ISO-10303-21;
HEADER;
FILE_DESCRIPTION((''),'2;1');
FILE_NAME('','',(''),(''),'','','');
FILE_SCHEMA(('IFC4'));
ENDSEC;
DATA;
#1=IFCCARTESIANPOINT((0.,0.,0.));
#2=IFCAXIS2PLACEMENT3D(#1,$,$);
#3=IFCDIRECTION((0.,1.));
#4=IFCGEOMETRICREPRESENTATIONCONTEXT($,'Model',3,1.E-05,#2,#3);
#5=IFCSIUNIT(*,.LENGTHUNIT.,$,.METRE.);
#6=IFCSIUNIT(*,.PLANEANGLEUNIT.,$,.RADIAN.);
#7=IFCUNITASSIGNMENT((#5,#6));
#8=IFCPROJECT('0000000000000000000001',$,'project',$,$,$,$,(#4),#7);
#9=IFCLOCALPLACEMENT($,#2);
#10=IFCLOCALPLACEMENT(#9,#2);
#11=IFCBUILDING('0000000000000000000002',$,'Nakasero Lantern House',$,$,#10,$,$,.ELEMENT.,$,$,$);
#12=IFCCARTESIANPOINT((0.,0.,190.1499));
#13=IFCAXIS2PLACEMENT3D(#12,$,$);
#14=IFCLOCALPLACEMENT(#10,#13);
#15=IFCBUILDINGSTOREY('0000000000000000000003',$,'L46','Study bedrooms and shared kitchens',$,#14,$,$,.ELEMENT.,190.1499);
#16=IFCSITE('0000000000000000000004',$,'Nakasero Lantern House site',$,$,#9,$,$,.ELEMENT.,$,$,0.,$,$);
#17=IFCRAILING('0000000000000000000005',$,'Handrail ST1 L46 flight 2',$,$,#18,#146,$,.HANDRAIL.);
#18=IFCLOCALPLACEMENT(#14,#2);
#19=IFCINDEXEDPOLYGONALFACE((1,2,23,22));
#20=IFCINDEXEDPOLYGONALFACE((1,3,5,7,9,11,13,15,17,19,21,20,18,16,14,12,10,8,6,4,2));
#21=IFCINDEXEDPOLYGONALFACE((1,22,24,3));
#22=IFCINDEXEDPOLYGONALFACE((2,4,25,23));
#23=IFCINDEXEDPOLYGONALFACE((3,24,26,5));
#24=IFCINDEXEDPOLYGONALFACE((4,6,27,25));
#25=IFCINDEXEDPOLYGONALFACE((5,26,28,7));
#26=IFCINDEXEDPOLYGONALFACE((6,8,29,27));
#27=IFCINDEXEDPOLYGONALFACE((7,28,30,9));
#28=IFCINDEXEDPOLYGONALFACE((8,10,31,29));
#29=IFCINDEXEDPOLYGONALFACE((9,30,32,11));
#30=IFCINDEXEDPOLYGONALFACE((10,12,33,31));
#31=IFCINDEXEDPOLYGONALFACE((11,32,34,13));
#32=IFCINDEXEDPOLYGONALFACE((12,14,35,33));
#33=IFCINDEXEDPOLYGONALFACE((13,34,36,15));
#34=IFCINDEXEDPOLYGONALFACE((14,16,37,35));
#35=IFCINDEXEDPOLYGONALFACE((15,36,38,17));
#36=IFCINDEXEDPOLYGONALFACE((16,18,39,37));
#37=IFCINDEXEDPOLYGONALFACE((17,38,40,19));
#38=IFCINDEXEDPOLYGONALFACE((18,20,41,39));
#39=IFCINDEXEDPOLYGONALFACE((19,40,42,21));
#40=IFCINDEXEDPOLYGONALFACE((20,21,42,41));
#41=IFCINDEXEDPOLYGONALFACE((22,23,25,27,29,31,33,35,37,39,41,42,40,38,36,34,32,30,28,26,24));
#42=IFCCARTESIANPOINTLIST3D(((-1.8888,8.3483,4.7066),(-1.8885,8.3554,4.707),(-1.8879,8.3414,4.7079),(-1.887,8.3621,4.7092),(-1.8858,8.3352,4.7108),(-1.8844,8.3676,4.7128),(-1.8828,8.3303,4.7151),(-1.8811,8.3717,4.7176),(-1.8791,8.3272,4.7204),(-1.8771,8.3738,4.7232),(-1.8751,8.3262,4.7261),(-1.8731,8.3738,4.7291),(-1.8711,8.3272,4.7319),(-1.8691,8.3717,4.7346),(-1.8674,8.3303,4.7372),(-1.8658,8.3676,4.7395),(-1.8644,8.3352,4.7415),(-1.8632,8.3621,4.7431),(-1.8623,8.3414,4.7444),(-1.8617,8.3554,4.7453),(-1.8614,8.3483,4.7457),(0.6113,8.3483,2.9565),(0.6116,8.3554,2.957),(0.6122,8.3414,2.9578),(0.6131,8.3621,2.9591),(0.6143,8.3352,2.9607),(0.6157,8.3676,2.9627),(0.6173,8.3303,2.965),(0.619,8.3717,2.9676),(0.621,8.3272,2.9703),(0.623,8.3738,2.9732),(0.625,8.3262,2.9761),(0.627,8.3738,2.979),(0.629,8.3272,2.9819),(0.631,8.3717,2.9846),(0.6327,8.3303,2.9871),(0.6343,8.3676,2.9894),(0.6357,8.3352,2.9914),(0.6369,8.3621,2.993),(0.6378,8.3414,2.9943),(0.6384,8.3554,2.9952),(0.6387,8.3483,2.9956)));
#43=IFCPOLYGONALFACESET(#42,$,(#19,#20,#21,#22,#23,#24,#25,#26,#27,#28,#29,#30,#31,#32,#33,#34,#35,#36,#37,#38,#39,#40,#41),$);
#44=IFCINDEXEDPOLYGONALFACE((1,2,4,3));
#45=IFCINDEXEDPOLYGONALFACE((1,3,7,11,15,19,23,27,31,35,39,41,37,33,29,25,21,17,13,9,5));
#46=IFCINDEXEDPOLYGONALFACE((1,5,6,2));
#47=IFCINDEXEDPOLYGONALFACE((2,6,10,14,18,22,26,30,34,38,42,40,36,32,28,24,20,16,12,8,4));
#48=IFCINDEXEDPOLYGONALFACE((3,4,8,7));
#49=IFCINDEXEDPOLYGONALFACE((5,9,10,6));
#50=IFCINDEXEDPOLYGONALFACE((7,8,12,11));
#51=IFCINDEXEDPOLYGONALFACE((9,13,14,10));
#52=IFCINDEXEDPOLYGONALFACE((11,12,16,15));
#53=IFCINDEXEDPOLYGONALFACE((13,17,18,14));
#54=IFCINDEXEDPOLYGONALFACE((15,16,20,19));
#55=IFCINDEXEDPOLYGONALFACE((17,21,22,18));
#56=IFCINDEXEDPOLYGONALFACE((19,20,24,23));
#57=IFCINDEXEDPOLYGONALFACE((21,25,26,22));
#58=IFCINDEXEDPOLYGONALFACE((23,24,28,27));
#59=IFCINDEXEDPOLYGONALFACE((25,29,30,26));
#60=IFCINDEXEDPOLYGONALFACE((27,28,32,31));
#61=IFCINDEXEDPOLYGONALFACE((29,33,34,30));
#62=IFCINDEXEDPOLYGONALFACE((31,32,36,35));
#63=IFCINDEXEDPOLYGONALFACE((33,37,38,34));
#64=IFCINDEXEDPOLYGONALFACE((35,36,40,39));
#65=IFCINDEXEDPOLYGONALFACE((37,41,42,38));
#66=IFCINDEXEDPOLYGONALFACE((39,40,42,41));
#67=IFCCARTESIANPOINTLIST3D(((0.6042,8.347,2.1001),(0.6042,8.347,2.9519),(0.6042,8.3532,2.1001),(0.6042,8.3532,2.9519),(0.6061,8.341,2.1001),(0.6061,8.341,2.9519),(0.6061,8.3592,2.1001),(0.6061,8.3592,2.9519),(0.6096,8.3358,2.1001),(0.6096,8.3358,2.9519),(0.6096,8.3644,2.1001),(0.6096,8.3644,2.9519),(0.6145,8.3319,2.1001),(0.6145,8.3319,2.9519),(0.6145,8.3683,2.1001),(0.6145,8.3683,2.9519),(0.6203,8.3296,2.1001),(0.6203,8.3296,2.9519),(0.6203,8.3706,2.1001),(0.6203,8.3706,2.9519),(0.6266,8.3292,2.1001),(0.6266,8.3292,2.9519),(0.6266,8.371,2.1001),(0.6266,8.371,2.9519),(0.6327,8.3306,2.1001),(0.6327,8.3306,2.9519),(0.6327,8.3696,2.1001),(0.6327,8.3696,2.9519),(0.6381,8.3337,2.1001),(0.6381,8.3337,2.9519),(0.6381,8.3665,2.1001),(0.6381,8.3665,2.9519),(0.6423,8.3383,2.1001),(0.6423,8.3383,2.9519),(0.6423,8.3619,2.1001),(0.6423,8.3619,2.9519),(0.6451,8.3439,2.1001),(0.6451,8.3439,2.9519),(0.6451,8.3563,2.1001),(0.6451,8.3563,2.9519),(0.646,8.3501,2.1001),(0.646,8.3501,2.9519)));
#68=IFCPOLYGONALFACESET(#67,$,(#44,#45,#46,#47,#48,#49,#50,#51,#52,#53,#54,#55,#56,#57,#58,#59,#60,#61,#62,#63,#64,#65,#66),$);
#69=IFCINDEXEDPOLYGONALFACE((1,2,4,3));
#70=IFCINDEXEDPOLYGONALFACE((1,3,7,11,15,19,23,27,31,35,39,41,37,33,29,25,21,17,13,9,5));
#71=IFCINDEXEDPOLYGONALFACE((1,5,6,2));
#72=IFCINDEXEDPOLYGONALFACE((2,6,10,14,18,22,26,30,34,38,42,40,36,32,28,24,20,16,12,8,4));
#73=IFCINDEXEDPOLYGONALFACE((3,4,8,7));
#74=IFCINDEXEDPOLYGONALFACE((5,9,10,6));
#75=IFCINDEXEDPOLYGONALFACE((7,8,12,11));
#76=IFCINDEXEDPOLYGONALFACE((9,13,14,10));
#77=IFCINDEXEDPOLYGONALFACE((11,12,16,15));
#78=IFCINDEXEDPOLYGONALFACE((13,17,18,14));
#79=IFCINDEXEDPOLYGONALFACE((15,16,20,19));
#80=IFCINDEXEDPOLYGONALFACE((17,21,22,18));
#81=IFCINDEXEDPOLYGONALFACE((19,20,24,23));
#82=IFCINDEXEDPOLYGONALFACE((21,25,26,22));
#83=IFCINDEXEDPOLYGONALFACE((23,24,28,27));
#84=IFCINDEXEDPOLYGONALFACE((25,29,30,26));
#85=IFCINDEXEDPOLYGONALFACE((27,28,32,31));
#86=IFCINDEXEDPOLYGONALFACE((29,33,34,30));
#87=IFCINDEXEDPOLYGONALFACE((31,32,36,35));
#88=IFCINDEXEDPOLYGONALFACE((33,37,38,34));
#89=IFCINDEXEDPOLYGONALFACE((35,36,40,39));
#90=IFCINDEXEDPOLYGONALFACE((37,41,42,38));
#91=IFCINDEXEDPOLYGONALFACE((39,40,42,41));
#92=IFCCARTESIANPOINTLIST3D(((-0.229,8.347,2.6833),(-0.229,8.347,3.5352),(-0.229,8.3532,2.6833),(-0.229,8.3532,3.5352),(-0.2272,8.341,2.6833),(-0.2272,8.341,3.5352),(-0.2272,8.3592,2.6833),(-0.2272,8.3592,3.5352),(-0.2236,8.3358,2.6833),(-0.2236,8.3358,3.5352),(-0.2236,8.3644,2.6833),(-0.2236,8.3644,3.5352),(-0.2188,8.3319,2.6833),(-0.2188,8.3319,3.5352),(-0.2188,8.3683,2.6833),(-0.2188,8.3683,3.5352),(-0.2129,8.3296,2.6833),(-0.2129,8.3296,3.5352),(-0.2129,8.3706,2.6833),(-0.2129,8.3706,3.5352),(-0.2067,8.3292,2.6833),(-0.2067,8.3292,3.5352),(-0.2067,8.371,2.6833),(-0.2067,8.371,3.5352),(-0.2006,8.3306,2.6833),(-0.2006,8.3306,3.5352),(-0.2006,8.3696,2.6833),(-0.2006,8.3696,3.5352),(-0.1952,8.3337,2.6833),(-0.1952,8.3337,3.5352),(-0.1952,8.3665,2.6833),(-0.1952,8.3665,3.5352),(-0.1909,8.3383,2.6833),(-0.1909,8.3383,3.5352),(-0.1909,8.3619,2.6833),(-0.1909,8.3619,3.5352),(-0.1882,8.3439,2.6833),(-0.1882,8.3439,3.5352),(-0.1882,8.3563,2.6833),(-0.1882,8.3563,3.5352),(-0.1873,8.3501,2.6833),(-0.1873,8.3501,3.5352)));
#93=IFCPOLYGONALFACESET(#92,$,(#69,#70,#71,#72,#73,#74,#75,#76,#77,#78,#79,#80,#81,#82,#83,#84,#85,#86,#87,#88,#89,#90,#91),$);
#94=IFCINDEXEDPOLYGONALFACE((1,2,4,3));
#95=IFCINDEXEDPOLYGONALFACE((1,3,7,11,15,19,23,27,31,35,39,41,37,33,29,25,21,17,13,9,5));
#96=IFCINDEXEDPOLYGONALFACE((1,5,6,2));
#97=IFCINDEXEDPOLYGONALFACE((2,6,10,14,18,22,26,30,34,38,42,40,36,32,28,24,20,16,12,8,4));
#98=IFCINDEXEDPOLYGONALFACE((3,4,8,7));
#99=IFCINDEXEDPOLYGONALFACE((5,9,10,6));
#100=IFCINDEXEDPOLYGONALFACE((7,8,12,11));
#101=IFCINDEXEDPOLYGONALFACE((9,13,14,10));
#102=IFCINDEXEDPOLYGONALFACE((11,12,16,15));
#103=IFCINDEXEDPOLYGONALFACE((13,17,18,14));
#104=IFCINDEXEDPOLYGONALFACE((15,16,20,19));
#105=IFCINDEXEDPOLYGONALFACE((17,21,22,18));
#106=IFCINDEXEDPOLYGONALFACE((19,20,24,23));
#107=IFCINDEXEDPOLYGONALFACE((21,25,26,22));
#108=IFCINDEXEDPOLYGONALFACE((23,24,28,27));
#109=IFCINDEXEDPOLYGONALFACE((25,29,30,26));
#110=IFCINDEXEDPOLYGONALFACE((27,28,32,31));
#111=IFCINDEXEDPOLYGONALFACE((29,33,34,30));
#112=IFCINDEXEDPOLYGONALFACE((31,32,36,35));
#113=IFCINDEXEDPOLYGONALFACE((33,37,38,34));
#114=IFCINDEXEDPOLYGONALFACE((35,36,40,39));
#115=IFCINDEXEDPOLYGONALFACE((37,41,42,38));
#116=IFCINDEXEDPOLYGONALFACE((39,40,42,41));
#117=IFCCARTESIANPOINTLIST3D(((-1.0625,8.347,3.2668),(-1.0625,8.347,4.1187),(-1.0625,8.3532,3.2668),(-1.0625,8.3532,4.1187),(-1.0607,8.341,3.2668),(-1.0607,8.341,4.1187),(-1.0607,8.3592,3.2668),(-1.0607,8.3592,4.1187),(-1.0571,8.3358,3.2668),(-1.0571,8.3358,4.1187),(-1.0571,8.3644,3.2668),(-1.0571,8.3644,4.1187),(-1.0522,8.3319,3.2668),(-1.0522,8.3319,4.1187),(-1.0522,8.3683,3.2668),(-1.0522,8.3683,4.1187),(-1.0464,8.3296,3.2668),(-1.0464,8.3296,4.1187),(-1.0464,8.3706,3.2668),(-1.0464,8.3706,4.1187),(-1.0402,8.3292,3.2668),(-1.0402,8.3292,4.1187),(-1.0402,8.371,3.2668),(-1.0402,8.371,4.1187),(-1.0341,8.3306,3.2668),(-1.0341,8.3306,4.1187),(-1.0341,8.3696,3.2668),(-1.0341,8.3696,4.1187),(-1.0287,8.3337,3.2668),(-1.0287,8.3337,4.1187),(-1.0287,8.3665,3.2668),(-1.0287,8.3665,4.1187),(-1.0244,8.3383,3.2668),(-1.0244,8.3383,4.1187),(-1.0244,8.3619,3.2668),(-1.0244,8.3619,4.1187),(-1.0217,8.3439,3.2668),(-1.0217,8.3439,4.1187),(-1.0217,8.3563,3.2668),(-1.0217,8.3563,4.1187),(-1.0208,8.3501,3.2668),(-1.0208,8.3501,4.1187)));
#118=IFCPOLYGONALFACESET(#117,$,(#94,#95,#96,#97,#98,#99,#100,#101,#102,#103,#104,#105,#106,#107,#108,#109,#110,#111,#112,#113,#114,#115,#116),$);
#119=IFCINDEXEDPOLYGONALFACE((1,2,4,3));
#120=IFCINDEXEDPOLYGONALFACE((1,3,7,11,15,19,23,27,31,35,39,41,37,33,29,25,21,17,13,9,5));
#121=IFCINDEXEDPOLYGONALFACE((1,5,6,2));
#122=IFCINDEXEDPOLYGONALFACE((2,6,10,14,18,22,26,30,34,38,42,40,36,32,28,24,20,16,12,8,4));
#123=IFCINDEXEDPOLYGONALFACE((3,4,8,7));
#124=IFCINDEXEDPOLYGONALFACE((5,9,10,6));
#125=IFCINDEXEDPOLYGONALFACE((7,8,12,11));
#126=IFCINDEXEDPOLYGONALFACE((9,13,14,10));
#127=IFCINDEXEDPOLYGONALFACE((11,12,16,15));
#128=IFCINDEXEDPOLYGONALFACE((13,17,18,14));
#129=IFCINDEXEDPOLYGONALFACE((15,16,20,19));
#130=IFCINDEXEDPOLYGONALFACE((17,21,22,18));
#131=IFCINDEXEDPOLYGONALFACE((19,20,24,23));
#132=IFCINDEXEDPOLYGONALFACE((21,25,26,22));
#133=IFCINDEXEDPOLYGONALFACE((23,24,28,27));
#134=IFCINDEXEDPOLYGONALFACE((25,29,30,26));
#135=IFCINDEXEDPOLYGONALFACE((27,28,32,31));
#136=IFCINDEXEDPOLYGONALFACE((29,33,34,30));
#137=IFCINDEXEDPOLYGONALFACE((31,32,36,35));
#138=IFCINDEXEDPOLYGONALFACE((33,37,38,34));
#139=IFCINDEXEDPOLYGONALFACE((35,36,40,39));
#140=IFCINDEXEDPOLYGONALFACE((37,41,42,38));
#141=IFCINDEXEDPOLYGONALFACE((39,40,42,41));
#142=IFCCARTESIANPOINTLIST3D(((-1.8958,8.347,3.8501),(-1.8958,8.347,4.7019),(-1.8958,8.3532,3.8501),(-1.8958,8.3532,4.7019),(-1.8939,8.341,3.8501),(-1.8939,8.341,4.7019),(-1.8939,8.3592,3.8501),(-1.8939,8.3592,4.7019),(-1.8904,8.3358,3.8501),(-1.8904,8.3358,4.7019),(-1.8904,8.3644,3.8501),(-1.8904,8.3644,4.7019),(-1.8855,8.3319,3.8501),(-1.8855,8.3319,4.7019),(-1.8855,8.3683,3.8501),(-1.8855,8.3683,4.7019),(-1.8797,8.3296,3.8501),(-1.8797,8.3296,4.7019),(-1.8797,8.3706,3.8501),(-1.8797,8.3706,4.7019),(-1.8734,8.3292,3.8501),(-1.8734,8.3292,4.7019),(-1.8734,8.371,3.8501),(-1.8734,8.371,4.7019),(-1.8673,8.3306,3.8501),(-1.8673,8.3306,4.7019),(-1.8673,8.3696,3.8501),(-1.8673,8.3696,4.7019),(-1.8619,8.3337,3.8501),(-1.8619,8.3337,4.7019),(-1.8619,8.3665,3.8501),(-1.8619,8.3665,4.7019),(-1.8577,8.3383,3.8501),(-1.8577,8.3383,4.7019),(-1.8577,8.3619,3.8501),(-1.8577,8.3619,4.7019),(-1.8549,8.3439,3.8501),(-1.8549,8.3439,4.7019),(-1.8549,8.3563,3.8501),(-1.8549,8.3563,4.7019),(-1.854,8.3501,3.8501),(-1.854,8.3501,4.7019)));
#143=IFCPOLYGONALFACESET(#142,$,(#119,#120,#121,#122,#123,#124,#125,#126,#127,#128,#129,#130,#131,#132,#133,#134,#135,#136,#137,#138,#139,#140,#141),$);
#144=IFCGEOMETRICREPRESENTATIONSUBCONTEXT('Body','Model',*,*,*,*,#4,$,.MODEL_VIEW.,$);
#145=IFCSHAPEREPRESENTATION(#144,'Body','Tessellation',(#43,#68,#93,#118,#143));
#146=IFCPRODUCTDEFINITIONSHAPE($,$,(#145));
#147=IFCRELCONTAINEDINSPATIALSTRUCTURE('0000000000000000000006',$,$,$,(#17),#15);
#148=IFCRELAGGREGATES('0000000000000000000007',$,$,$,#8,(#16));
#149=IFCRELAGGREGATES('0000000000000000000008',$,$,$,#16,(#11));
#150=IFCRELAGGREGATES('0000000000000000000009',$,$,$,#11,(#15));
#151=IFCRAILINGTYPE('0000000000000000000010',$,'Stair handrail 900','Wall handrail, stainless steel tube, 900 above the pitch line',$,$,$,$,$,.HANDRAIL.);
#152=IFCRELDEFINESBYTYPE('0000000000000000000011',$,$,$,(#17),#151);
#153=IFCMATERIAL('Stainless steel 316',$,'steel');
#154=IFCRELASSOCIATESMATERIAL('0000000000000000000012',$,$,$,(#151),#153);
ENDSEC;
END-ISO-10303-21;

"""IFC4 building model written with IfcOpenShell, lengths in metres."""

from ifc_helpers import new_model, si_unit, direction, frame, origin, origin_2d, place, context, subcontext, project, spatial, circle, extrude, material, type_object, element, save


model = new_model("IFC4")

# Units and contexts
model_context = context("Model", 3, precision=1e-05, world=origin(), true_north=direction((0.0, 1.0)))
body_context = subcontext(model_context, "Body", "Model", "MODEL_VIEW")
ifc_project = project(units=[si_unit("LENGTHUNIT", "METRE"), si_unit("PLANEANGLEUNIT", "RADIAN")], contexts=[model_context])

# Site, building, storey
site_placement = place(None, origin())
site = spatial("IfcSite", under=ifc_project, at=site_placement, Name="Nakasero Lantern House site", CompositionType="ELEMENT", RefElevation=0.0)
building_placement = place(site_placement, origin())
building = spatial("IfcBuilding", under=site, at=building_placement, Name="Nakasero Lantern House", CompositionType="ELEMENT")
storey_placement = place(building_placement, frame((0.0, 0.0, 190.1499)))
storey = spatial("IfcBuildingStorey", under=building, at=storey_placement, Name="L46", Description="Study bedrooms and shared kitchens", CompositionType="ELEMENT", Elevation=190.1499)

# Railing
ifc_material_1 = material(Name="Stainless steel 316", Category="steel")
railing_type = type_object("IfcRailingType", Name="Stair handrail 900", Description="Wall handrail, stainless steel tube, 900 above the pitch line", PredefinedType="HANDRAIL", material=ifc_material_1)
railing_placement = place(storey_placement, frame((0.625, 8.3501, 2.1001)))
element("IfcRailing", 1, at=railing_placement, inside=storey, type_object=railing_type, Name="Handrail ST1 L46 flight 2", PredefinedType="HANDRAIL", context=body_context, shape_type="SweptSolid", body=[
    extrude(circle(Radius=0.0239, at=origin_2d()), frame((0.0, 0.0, 0.876), z_axis=(-0.819232, 0.0, 0.573462), x_axis=(0.0, -1.0, 0.0)), (0.0, 0.0, 1.0), 3.0518),
    extrude(circle(Radius=0.021, at=origin_2d()), origin(), (0.0, 0.0, 1.0), 0.8518),
    extrude(circle(Radius=0.021, at=origin_2d()), frame((-0.8333, 0.0, 0.5833)), (0.0, 0.0, 1.0), 0.8518),
    extrude(circle(Radius=0.021, at=origin_2d()), frame((-1.6667, 0.0, 1.1667)), (0.0, 0.0, 1.0), 0.8518),
    extrude(circle(Radius=0.021, at=origin_2d()), frame((-2.5, 0.0, 1.75)), (0.0, 0.0, 1.0), 0.8518),
])

save(model, "model.ifc")
